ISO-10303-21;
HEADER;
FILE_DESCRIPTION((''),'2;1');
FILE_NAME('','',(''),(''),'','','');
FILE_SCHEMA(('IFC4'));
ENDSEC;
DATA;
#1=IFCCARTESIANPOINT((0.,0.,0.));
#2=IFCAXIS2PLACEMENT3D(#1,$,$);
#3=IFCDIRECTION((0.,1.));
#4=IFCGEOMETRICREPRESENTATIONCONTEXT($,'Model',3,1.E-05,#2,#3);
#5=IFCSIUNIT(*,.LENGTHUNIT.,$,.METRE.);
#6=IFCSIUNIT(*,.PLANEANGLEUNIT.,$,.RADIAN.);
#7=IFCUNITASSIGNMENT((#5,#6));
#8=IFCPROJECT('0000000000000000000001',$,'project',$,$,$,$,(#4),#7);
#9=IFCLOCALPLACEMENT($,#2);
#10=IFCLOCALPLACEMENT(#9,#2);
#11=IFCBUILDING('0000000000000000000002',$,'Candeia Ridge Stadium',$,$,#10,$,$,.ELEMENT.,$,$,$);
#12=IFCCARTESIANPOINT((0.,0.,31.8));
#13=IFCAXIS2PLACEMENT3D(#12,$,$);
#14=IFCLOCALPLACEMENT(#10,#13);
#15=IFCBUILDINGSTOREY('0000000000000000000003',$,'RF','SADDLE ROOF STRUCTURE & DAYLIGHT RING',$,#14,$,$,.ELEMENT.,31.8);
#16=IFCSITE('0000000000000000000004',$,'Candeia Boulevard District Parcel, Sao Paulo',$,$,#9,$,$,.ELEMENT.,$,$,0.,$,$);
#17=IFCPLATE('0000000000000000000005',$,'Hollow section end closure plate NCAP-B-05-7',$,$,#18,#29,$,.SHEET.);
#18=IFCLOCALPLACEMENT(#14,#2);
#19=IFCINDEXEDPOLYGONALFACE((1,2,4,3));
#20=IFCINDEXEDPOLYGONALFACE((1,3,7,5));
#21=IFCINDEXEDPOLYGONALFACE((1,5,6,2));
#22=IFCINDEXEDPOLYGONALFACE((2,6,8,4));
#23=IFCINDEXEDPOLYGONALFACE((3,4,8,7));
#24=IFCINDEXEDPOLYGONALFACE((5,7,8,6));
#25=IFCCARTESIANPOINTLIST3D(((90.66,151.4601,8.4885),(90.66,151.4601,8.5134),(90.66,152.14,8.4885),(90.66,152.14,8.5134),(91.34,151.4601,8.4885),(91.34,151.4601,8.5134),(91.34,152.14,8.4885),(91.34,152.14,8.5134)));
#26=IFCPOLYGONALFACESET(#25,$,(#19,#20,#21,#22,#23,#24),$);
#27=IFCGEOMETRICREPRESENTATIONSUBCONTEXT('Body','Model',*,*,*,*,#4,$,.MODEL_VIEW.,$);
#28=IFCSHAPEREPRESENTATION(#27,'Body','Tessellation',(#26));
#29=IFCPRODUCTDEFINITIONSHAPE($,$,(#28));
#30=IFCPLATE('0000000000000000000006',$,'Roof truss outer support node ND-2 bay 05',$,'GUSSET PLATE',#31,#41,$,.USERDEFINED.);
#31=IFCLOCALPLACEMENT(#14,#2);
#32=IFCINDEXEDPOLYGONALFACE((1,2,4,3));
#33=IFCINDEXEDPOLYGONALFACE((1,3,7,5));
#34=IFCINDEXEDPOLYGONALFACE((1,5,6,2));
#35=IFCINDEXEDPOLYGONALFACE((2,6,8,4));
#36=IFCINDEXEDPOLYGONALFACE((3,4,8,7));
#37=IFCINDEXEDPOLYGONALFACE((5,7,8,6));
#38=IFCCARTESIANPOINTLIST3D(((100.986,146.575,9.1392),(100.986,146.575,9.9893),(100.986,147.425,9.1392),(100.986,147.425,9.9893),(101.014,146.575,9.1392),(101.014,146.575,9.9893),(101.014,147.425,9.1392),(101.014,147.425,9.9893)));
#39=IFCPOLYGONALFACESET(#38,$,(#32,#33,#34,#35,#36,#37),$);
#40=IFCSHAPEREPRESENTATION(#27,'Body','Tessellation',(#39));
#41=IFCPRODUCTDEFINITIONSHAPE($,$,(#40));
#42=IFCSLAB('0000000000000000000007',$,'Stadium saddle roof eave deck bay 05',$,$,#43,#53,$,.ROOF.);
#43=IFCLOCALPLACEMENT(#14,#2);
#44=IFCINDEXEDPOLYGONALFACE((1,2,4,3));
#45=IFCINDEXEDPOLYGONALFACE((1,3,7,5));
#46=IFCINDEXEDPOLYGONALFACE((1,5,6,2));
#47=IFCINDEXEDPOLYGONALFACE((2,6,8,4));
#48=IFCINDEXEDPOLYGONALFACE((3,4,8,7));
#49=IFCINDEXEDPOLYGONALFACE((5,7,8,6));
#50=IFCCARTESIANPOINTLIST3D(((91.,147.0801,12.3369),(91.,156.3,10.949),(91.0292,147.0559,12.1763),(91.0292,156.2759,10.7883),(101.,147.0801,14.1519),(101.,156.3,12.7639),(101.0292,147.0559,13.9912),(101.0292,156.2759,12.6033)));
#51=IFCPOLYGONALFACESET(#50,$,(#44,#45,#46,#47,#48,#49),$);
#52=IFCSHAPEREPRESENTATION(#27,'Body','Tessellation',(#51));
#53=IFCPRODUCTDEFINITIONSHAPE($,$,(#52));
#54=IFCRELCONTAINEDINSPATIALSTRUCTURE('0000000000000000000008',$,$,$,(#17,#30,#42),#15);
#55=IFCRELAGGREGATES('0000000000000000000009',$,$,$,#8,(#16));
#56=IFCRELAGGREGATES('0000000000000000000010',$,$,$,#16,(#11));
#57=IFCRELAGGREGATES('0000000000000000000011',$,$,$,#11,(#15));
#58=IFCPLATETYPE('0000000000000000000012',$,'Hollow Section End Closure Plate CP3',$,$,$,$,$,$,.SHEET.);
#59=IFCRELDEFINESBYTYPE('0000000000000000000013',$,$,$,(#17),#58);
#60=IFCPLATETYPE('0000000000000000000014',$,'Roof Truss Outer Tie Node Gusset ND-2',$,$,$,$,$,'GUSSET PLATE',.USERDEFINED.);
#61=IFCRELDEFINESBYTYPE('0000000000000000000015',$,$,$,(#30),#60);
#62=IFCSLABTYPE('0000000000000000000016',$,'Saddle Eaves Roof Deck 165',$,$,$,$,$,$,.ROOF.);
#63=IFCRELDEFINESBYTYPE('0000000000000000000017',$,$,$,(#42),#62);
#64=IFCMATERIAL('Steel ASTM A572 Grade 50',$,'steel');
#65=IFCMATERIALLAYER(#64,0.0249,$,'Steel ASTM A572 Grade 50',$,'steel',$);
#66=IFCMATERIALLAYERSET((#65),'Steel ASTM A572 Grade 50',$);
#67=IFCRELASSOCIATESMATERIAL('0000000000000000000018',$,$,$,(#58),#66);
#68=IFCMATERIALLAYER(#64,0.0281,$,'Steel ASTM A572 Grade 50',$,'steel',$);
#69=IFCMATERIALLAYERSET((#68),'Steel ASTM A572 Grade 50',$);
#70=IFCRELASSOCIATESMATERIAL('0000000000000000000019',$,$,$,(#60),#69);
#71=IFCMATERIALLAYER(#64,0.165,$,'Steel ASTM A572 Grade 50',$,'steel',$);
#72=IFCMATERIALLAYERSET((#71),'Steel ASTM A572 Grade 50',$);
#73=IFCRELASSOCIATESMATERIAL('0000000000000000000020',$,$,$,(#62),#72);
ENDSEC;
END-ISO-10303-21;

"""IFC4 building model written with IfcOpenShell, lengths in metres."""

from ifc_helpers import new_model, si_unit, direction, frame, origin, origin_2d, place, context, subcontext, project, spatial, polyline, rectangle, outline, extrude, material, layer, layer_set, type_object, element, save


model = new_model("IFC4")

# Units and contexts
model_context = context("Model", 3, precision=1e-05, world=origin(), true_north=direction((0.0, 1.0)))
body_context = subcontext(model_context, "Body", "Model", "MODEL_VIEW")
ifc_project = project(units=[si_unit("LENGTHUNIT", "METRE"), si_unit("PLANEANGLEUNIT", "RADIAN")], contexts=[model_context])

# Site, building, storey
site_placement = place(None, origin())
site = spatial("IfcSite", under=ifc_project, at=site_placement, Name="Candeia Boulevard District Parcel, Sao Paulo", CompositionType="ELEMENT", RefElevation=0.0)
building_placement = place(site_placement, origin())
building = spatial("IfcBuilding", under=site, at=building_placement, Name="Candeia Ridge Stadium", CompositionType="ELEMENT")
storey_placement = place(building_placement, frame((0.0, 0.0, 31.8)))
storey = spatial("IfcBuildingStorey", under=building, at=storey_placement, Name="RF", Description="SADDLE ROOF STRUCTURE & DAYLIGHT RING", CompositionType="ELEMENT", Elevation=31.8)

# Shared definitions
ifc_material_1 = material(Name="Steel ASTM A572 Grade 50", Category="steel")

# Plates
ifc_layer_1 = layer(ifc_material_1, 0.0249, Name="Steel ASTM A572 Grade 50", Category="steel")
ifc_layer_set_1 = layer_set([ifc_layer_1], Name="Steel ASTM A572 Grade 50")
plate_type_1 = type_object("IfcPlateType", Name="Hollow Section End Closure Plate CP3", PredefinedType="SHEET", material=ifc_layer_set_1)
for number, where, z_axis, x_axis, name in (
    (1, (91.0, 151.8, 8.4885), (0.0, 0.0, 1.0), (1.0, 0.0, 0.0), "Hollow section end closure plate NCAP-B-05-7"),
):
    element("IfcPlate", number, at=place(storey_placement, frame(where, z_axis=z_axis, x_axis=x_axis)), inside=storey, type_object=plate_type_1, Name=name, PredefinedType="SHEET", context=body_context, shape_type="SweptSolid", body=[
        extrude(rectangle(XDim=0.6799, YDim=0.6799, at=origin_2d()), origin(), (0.0, 0.0, 1.0), 0.0249),
    ])
ifc_layer_2 = layer(ifc_material_1, 0.0281, Name="Steel ASTM A572 Grade 50", Category="steel")
ifc_layer_set_2 = layer_set([ifc_layer_2], Name="Steel ASTM A572 Grade 50")
plate_type_2 = type_object("IfcPlateType", Name="Roof Truss Outer Tie Node Gusset ND-2", ElementType="GUSSET PLATE", PredefinedType="USERDEFINED", material=ifc_layer_set_2)
plate_1_placement = place(storey_placement, frame((101.0, 147.0, 9.1392), z_axis=(0.0, 0.0, 1.0), x_axis=(0.0, 1.0, 0.0)))
element("IfcPlate", 2, at=plate_1_placement, inside=storey, type_object=plate_type_2, Name="Roof truss outer support node ND-2 bay 05", ObjectType="GUSSET PLATE", PredefinedType="USERDEFINED", context=body_context, shape_type="SweptSolid", body=[
    extrude(rectangle(XDim=0.8501, YDim=0.0281, at=origin_2d()), origin(), (0.0, 0.0, 1.0), 0.8501),
])

# Slab
ifc_layer_3 = layer(ifc_material_1, 0.165, Name="Steel ASTM A572 Grade 50", Category="steel")
ifc_layer_set_3 = layer_set([ifc_layer_3], Name="Steel ASTM A572 Grade 50")
slab_type = type_object("IfcSlabType", Name="Saddle Eaves Roof Deck 165", PredefinedType="ROOF", material=ifc_layer_set_3)
slab_placement = place(storey_placement, frame((101.0, 147.0801, 14.1519), z_axis=(-0.17665, 0.146518, 0.973307), x_axis=(-0.983926, 0.0, -0.178577)))
element("IfcSlab", 3, at=slab_placement, inside=storey, type_object=slab_type, Name="Stadium saddle roof eave deck bay 05", PredefinedType="ROOF", context=body_context, shape_type="SweptSolid", body=[
    extrude(outline(polyline([(0.0, 0.0), (10.1634, 0.0), (10.4112, -9.3206), (0.2479, -9.3206), (0.0, 0.0)])), origin(), (0.0, 0.0, -1.0), 0.165),
])

save(model, "model.ifc")
